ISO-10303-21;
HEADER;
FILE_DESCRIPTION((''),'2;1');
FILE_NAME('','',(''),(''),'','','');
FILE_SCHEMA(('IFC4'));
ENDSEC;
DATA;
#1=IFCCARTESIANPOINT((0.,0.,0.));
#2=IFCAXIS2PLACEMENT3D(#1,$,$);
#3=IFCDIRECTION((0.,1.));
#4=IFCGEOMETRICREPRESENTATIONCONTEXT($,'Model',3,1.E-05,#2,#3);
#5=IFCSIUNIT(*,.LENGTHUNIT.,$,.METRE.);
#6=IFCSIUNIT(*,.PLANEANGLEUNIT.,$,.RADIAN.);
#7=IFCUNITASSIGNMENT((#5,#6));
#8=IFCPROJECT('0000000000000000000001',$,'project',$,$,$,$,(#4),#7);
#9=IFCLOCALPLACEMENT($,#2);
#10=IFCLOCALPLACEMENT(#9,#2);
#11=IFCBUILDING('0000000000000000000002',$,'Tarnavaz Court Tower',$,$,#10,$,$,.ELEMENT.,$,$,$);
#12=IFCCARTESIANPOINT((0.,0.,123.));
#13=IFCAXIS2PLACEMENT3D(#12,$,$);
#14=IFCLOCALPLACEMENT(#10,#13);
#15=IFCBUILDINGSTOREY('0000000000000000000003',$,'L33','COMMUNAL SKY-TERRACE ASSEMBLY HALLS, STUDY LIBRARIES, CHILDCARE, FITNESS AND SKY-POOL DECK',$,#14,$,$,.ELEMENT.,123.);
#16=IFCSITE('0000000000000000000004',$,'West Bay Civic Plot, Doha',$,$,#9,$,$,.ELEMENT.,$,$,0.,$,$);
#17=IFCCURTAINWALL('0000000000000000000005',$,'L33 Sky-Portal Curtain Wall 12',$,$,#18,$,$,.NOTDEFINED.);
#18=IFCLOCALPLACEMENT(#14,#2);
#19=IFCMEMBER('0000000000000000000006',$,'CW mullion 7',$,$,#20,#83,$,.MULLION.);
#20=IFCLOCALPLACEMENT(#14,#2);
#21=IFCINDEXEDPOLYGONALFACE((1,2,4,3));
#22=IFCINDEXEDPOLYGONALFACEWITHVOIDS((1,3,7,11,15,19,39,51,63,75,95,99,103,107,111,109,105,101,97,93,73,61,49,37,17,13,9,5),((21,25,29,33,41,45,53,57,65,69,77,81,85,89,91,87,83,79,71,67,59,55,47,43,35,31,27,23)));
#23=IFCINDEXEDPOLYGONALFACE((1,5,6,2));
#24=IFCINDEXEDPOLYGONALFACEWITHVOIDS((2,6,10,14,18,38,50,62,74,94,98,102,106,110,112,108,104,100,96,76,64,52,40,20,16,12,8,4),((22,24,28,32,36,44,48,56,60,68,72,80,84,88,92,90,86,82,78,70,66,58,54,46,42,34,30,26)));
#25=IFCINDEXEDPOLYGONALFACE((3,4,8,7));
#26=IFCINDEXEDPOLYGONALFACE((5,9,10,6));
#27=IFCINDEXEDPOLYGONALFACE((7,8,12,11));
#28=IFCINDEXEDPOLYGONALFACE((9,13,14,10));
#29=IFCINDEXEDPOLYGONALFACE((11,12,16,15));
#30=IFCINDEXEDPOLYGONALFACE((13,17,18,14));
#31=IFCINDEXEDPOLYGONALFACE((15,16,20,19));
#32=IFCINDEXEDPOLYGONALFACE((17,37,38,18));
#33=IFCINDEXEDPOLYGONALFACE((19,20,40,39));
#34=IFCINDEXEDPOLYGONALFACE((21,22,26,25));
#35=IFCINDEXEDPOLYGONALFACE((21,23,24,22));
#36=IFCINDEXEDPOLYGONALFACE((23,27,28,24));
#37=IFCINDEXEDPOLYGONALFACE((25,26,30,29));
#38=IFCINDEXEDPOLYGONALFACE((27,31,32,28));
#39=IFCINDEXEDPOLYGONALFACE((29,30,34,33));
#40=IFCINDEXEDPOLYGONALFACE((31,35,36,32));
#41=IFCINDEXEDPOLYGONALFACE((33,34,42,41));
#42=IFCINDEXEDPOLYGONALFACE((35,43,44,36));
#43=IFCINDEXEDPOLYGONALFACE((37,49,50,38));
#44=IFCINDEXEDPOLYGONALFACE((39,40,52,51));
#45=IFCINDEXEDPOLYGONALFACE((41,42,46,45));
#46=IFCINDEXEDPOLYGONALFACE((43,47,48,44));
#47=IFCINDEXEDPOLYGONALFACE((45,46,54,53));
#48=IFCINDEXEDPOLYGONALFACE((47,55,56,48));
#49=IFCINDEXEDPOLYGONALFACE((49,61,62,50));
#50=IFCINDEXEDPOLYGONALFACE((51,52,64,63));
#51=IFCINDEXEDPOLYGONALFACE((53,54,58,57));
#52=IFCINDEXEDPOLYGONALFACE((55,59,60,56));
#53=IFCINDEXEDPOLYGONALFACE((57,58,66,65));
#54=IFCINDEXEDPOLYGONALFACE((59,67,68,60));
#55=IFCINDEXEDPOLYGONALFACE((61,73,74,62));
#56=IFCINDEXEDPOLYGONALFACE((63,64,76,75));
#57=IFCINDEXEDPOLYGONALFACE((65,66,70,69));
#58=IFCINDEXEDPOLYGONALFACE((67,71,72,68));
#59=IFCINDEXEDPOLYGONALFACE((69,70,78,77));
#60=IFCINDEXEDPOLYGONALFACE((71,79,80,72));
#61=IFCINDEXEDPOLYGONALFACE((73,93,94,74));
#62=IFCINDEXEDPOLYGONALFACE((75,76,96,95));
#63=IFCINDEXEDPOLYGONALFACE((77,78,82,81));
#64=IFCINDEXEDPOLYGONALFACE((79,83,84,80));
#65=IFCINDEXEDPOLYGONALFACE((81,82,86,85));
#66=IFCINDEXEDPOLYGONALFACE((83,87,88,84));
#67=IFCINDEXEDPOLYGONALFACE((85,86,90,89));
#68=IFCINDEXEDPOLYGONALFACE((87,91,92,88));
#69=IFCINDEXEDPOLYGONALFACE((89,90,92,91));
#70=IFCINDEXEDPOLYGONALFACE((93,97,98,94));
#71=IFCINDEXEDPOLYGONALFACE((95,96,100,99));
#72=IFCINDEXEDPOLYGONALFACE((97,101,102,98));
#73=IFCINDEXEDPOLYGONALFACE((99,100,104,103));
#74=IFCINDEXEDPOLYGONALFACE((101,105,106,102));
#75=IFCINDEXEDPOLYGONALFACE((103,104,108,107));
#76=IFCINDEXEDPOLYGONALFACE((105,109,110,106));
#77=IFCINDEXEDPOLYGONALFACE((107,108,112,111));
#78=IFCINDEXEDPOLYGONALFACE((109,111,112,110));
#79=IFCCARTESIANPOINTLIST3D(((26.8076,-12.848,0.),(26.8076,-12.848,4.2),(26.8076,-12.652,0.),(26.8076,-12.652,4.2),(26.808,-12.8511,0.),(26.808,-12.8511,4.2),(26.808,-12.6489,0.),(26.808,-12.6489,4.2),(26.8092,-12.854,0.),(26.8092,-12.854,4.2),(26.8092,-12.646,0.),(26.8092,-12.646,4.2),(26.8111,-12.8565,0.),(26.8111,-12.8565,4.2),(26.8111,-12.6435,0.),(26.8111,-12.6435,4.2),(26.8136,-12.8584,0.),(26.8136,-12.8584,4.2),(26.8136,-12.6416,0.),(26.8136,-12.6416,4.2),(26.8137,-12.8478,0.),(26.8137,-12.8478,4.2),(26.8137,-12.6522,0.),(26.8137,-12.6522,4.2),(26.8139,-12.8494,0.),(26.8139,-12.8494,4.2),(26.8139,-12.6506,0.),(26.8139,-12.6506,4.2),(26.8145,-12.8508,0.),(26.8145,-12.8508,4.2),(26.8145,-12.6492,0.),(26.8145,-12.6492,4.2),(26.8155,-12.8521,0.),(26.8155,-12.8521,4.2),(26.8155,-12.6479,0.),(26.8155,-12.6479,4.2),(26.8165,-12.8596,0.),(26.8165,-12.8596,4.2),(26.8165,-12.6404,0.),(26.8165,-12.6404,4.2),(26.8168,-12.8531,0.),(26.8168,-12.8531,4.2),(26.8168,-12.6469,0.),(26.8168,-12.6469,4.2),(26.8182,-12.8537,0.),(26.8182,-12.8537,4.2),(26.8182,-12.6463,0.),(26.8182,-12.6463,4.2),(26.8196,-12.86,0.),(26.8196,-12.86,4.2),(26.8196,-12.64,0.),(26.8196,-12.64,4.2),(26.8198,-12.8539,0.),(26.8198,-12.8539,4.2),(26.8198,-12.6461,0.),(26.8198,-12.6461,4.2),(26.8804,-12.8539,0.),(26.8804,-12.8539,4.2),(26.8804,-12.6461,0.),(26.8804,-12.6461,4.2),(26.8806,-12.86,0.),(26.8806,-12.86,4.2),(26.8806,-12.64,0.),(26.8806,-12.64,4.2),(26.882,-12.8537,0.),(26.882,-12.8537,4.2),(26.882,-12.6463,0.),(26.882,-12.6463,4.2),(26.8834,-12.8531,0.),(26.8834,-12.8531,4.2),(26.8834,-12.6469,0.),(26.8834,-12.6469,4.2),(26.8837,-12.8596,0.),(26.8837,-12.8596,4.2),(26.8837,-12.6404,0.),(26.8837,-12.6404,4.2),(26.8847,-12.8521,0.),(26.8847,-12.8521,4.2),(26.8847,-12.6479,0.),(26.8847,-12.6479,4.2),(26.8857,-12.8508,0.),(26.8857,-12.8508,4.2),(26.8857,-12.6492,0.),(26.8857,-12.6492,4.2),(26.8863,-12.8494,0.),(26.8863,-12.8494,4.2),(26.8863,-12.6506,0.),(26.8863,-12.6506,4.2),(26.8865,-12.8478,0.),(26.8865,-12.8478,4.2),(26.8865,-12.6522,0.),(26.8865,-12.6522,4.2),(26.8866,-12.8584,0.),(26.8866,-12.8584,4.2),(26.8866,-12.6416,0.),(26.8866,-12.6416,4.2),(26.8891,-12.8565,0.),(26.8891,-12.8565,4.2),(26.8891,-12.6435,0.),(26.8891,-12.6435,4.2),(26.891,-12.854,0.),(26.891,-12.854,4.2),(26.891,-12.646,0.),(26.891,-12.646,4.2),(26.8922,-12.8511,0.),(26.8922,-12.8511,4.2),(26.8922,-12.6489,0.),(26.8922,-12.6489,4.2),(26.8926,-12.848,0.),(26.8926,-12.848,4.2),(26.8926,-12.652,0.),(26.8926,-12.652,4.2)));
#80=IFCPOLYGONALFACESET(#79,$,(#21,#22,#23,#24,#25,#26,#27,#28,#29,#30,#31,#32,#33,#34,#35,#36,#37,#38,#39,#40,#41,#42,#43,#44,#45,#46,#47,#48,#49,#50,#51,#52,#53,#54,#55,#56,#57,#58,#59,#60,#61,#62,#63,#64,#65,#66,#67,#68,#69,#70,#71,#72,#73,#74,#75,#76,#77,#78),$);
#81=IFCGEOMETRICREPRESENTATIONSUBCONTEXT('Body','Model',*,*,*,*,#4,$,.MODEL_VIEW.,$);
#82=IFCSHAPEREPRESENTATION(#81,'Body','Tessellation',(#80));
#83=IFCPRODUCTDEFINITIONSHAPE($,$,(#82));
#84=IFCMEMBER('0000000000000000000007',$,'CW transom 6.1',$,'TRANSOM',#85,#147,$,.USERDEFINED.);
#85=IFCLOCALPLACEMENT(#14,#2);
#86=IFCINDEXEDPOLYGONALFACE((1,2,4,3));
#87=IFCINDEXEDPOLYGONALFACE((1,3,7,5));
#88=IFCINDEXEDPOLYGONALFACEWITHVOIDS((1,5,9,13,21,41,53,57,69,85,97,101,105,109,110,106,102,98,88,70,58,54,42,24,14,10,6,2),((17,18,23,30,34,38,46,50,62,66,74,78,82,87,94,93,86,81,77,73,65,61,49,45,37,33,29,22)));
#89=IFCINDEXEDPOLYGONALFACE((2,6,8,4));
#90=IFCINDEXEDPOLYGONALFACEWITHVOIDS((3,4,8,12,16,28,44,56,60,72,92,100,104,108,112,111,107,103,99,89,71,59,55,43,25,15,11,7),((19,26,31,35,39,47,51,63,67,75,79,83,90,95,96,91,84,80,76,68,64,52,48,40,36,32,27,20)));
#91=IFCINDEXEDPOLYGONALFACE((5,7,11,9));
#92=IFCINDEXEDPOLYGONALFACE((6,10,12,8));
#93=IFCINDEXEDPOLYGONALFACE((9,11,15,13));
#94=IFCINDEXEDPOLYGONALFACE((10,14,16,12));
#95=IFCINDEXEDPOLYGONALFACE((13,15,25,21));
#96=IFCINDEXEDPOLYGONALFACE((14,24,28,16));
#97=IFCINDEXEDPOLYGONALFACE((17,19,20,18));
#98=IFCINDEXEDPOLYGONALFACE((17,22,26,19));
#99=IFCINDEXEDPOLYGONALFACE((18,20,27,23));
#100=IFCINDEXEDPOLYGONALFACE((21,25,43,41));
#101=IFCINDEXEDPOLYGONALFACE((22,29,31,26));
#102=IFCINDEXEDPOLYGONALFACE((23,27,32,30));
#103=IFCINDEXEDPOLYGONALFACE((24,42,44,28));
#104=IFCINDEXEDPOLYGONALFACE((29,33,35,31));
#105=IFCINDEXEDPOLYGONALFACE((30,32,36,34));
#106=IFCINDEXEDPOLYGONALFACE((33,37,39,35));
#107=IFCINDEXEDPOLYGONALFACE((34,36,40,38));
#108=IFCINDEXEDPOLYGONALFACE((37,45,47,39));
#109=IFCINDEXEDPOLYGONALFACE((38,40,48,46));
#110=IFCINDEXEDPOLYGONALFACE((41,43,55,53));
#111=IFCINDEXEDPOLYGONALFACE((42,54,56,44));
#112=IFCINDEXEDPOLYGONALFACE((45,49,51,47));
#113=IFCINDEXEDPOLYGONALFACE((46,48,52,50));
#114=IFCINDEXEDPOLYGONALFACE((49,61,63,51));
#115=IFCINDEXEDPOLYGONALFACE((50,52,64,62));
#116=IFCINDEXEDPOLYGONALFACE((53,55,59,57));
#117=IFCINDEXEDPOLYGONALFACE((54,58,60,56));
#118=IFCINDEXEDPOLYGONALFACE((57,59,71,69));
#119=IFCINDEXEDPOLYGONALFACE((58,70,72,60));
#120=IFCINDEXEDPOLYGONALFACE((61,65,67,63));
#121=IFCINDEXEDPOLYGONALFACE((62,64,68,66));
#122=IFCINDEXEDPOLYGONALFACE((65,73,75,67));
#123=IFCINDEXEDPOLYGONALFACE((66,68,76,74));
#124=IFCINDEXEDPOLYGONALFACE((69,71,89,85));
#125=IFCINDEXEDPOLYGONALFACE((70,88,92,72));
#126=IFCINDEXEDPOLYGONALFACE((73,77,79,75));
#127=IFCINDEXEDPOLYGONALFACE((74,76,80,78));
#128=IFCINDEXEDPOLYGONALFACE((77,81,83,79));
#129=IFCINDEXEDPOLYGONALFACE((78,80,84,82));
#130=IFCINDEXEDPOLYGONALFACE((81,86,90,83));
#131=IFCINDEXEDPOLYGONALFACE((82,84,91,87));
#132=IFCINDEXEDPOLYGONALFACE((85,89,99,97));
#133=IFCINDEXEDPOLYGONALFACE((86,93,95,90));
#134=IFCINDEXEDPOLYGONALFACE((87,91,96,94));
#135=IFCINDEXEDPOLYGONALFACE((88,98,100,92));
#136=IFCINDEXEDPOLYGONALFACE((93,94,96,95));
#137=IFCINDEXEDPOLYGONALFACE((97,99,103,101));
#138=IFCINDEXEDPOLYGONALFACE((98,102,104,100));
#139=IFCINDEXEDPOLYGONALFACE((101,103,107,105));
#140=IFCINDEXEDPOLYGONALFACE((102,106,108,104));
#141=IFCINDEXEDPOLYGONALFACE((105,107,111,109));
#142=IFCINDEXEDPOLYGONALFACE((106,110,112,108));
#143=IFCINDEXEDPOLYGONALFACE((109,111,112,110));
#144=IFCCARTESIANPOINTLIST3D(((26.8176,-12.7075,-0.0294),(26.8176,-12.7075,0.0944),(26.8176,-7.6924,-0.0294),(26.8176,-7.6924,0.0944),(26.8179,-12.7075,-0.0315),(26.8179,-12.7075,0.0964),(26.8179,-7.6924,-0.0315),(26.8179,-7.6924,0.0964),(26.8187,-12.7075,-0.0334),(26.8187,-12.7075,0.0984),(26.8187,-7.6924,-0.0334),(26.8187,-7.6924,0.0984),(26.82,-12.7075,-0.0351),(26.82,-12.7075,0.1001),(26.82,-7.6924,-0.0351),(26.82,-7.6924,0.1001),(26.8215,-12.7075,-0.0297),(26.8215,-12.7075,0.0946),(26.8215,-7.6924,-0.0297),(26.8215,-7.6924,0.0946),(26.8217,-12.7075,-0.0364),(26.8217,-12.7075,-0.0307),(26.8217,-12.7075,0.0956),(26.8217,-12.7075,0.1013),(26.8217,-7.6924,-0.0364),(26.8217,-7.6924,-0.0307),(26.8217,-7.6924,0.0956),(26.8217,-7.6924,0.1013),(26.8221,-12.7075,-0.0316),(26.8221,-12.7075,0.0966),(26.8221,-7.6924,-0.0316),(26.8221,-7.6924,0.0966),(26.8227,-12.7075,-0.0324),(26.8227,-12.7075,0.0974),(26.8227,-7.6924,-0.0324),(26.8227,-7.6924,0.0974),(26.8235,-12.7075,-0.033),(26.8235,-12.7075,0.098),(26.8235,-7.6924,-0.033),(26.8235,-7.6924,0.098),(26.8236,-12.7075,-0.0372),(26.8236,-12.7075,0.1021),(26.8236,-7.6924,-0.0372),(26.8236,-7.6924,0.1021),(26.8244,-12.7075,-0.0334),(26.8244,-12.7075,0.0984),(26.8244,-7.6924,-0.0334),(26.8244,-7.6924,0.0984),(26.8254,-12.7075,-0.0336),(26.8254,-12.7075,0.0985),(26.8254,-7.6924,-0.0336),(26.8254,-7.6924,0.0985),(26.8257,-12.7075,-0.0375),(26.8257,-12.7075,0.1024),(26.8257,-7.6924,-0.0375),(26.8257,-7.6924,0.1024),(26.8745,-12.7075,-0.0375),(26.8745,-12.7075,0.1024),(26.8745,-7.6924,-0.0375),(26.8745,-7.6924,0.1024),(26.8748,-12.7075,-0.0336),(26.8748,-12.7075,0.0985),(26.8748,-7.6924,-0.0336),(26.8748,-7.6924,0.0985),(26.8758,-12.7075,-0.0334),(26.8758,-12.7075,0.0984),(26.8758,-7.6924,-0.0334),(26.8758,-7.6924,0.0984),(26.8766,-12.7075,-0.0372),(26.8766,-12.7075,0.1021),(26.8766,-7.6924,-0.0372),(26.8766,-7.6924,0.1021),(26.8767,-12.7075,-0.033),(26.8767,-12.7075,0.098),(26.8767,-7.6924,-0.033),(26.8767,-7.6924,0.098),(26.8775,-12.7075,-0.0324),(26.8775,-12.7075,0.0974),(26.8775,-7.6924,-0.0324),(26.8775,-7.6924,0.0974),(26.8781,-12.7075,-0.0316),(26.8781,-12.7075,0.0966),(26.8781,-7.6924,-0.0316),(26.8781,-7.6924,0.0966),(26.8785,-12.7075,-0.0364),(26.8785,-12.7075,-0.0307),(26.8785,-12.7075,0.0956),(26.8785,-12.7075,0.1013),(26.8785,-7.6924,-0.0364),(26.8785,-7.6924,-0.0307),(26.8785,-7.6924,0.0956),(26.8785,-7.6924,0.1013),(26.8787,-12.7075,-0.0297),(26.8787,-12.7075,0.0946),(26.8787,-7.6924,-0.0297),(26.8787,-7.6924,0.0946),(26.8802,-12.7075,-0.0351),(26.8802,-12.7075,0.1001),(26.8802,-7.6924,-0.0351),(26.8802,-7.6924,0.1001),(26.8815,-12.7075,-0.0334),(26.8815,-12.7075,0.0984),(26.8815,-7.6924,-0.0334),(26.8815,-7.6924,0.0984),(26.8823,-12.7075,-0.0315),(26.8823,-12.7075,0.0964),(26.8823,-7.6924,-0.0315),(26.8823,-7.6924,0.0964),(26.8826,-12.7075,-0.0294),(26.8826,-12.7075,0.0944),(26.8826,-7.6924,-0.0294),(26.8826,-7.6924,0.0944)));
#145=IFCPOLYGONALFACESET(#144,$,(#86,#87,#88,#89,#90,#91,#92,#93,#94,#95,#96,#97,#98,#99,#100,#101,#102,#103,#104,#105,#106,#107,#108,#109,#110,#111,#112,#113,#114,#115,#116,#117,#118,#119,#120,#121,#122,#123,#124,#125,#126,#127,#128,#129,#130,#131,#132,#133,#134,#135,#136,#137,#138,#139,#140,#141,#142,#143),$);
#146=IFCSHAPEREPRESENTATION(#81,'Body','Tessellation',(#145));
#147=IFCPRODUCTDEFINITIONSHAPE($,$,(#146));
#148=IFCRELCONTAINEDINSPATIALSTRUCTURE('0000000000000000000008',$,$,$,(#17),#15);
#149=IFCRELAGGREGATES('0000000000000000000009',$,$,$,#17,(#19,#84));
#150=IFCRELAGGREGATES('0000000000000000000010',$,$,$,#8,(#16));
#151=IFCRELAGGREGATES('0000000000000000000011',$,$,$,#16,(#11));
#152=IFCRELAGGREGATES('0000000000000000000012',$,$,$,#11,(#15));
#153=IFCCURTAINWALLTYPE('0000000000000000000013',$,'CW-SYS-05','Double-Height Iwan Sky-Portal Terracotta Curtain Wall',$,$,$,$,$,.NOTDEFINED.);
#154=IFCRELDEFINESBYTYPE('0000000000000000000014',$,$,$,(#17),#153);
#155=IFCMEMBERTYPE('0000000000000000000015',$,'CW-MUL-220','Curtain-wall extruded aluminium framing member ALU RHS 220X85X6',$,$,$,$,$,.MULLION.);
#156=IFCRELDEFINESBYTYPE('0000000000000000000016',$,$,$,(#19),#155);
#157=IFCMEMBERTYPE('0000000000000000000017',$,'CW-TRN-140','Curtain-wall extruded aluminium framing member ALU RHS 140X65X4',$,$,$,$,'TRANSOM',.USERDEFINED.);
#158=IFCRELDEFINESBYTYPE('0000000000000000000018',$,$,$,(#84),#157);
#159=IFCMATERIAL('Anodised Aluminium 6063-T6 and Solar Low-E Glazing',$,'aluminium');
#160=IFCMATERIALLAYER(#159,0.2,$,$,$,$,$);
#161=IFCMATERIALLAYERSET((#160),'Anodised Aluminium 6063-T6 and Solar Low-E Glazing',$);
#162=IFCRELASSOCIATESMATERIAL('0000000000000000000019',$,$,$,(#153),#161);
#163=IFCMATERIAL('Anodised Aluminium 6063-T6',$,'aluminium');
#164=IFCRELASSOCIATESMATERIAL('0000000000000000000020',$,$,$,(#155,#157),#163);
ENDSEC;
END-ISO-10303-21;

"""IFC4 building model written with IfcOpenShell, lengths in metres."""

from ifc_helpers import new_model, si_unit, direction, frame, origin, origin_2d, place, context, subcontext, project, spatial, hollow_rectangle, extrude, material, layer, layer_set, material_profile, profile_set, type_object, element, aggregate, save


model = new_model("IFC4")

# Units and contexts
model_context = context("Model", 3, precision=1e-05, world=origin(), true_north=direction((0.0, 1.0)))
body_context = subcontext(model_context, "Body", "Model", "MODEL_VIEW")
ifc_project = project(units=[si_unit("LENGTHUNIT", "METRE"), si_unit("PLANEANGLEUNIT", "RADIAN")], contexts=[model_context])

# Site, building, storey
site_placement = place(None, origin())
site = spatial("IfcSite", under=ifc_project, at=site_placement, Name="West Bay Civic Plot, Doha", CompositionType="ELEMENT", RefElevation=0.0)
building_placement = place(site_placement, origin())
building = spatial("IfcBuilding", under=site, at=building_placement, Name="Tarnavaz Court Tower", CompositionType="ELEMENT")
storey_placement = place(building_placement, frame((0.0, 0.0, 123.0)))
storey = spatial("IfcBuildingStorey", under=building, at=storey_placement, Name="L33", Description="COMMUNAL SKY-TERRACE ASSEMBLY HALLS, STUDY LIBRARIES, CHILDCARE, FITNESS AND SKY-POOL DECK", CompositionType="ELEMENT", Elevation=123.0)

# Curtain wall, members
ifc_material_1 = material(Name="Anodised Aluminium 6063-T6 and Solar Low-E Glazing", Category="aluminium")
ifc_layer_1 = layer(ifc_material_1, 0.2)
ifc_layer_set_1 = layer_set([ifc_layer_1], Name="Anodised Aluminium 6063-T6 and Solar Low-E Glazing")
curtain_wall_type = type_object("IfcCurtainWallType", Name="CW-SYS-05", Description="Double-Height Iwan Sky-Portal Terracotta Curtain Wall", PredefinedType="NOTDEFINED", material=ifc_layer_set_1)
curtain_wall_placement = place(storey_placement, origin())
curtain_wall = element("IfcCurtainWall", 1, at=curtain_wall_placement, inside=storey, type_object=curtain_wall_type, Name="L33 Sky-Portal Curtain Wall 12", PredefinedType="NOTDEFINED")
ifc_material_2 = material(Name="Anodised Aluminium 6063-T6", Category="aluminium")
ifc_material_profile_1 = material_profile(ifc_material_2, hollow_rectangle(XDim=0.085, YDim=0.22, WallThickness=0.0061, InnerFilletRadius=0.0061, OuterFilletRadius=0.012, at=origin_2d()), Name="ALU RHS 220X85X6")
ifc_profile_set_1 = profile_set([ifc_material_profile_1], Name="Anodised Aluminium 6063-T6")
member_type_1 = type_object("IfcMemberType", Name="CW-MUL-220", Description="Curtain-wall extruded aluminium framing member ALU RHS 220X85X6", PredefinedType="MULLION", material=ifc_profile_set_1)
member_1_placement = place(storey_placement, frame((26.8501, -12.75, 0.0), z_axis=(0.0, 0.0, 1.0), x_axis=(1.0, 0.0, 0.0)))
member_1 = element("IfcMember", 2, at=member_1_placement, type_object=member_type_1, Name="CW mullion 7", PredefinedType="MULLION", context=body_context, shape_type="SweptSolid", body=[
    extrude(hollow_rectangle(XDim=0.085, YDim=0.22, WallThickness=0.0061, InnerFilletRadius=0.0061, OuterFilletRadius=0.012, at=origin_2d()), origin(), (0.0, 0.0, 1.0), 4.2),
])
ifc_material_profile_2 = material_profile(ifc_material_2, hollow_rectangle(XDim=0.0649, YDim=0.1399, WallThickness=0.0039, InnerFilletRadius=0.0039, OuterFilletRadius=0.0081, at=origin_2d()), Name="ALU RHS 140X65X4")
ifc_profile_set_2 = profile_set([ifc_material_profile_2], Name="Anodised Aluminium 6063-T6")
member_type_2 = type_object("IfcMemberType", Name="CW-TRN-140", Description="Curtain-wall extruded aluminium framing member ALU RHS 140X65X4", ElementType="TRANSOM", PredefinedType="USERDEFINED", material=ifc_profile_set_2)
member_2_placement = place(storey_placement, frame((26.8501, -7.6924, 0.0325), z_axis=(0.0, -1.0, 0.0), x_axis=(1.0, 0.0, 0.0)))
member_2 = element("IfcMember", 3, at=member_2_placement, type_object=member_type_2, Name="CW transom 6.1", ObjectType="TRANSOM", PredefinedType="USERDEFINED", context=body_context, shape_type="SweptSolid", body=[
    extrude(hollow_rectangle(XDim=0.0649, YDim=0.1399, WallThickness=0.0039, InnerFilletRadius=0.0039, OuterFilletRadius=0.0081, at=origin_2d()), origin(), (0.0, 0.0, 1.0), 5.0151),
])
aggregate(curtain_wall, [member_1, member_2])

save(model, "model.ifc")
